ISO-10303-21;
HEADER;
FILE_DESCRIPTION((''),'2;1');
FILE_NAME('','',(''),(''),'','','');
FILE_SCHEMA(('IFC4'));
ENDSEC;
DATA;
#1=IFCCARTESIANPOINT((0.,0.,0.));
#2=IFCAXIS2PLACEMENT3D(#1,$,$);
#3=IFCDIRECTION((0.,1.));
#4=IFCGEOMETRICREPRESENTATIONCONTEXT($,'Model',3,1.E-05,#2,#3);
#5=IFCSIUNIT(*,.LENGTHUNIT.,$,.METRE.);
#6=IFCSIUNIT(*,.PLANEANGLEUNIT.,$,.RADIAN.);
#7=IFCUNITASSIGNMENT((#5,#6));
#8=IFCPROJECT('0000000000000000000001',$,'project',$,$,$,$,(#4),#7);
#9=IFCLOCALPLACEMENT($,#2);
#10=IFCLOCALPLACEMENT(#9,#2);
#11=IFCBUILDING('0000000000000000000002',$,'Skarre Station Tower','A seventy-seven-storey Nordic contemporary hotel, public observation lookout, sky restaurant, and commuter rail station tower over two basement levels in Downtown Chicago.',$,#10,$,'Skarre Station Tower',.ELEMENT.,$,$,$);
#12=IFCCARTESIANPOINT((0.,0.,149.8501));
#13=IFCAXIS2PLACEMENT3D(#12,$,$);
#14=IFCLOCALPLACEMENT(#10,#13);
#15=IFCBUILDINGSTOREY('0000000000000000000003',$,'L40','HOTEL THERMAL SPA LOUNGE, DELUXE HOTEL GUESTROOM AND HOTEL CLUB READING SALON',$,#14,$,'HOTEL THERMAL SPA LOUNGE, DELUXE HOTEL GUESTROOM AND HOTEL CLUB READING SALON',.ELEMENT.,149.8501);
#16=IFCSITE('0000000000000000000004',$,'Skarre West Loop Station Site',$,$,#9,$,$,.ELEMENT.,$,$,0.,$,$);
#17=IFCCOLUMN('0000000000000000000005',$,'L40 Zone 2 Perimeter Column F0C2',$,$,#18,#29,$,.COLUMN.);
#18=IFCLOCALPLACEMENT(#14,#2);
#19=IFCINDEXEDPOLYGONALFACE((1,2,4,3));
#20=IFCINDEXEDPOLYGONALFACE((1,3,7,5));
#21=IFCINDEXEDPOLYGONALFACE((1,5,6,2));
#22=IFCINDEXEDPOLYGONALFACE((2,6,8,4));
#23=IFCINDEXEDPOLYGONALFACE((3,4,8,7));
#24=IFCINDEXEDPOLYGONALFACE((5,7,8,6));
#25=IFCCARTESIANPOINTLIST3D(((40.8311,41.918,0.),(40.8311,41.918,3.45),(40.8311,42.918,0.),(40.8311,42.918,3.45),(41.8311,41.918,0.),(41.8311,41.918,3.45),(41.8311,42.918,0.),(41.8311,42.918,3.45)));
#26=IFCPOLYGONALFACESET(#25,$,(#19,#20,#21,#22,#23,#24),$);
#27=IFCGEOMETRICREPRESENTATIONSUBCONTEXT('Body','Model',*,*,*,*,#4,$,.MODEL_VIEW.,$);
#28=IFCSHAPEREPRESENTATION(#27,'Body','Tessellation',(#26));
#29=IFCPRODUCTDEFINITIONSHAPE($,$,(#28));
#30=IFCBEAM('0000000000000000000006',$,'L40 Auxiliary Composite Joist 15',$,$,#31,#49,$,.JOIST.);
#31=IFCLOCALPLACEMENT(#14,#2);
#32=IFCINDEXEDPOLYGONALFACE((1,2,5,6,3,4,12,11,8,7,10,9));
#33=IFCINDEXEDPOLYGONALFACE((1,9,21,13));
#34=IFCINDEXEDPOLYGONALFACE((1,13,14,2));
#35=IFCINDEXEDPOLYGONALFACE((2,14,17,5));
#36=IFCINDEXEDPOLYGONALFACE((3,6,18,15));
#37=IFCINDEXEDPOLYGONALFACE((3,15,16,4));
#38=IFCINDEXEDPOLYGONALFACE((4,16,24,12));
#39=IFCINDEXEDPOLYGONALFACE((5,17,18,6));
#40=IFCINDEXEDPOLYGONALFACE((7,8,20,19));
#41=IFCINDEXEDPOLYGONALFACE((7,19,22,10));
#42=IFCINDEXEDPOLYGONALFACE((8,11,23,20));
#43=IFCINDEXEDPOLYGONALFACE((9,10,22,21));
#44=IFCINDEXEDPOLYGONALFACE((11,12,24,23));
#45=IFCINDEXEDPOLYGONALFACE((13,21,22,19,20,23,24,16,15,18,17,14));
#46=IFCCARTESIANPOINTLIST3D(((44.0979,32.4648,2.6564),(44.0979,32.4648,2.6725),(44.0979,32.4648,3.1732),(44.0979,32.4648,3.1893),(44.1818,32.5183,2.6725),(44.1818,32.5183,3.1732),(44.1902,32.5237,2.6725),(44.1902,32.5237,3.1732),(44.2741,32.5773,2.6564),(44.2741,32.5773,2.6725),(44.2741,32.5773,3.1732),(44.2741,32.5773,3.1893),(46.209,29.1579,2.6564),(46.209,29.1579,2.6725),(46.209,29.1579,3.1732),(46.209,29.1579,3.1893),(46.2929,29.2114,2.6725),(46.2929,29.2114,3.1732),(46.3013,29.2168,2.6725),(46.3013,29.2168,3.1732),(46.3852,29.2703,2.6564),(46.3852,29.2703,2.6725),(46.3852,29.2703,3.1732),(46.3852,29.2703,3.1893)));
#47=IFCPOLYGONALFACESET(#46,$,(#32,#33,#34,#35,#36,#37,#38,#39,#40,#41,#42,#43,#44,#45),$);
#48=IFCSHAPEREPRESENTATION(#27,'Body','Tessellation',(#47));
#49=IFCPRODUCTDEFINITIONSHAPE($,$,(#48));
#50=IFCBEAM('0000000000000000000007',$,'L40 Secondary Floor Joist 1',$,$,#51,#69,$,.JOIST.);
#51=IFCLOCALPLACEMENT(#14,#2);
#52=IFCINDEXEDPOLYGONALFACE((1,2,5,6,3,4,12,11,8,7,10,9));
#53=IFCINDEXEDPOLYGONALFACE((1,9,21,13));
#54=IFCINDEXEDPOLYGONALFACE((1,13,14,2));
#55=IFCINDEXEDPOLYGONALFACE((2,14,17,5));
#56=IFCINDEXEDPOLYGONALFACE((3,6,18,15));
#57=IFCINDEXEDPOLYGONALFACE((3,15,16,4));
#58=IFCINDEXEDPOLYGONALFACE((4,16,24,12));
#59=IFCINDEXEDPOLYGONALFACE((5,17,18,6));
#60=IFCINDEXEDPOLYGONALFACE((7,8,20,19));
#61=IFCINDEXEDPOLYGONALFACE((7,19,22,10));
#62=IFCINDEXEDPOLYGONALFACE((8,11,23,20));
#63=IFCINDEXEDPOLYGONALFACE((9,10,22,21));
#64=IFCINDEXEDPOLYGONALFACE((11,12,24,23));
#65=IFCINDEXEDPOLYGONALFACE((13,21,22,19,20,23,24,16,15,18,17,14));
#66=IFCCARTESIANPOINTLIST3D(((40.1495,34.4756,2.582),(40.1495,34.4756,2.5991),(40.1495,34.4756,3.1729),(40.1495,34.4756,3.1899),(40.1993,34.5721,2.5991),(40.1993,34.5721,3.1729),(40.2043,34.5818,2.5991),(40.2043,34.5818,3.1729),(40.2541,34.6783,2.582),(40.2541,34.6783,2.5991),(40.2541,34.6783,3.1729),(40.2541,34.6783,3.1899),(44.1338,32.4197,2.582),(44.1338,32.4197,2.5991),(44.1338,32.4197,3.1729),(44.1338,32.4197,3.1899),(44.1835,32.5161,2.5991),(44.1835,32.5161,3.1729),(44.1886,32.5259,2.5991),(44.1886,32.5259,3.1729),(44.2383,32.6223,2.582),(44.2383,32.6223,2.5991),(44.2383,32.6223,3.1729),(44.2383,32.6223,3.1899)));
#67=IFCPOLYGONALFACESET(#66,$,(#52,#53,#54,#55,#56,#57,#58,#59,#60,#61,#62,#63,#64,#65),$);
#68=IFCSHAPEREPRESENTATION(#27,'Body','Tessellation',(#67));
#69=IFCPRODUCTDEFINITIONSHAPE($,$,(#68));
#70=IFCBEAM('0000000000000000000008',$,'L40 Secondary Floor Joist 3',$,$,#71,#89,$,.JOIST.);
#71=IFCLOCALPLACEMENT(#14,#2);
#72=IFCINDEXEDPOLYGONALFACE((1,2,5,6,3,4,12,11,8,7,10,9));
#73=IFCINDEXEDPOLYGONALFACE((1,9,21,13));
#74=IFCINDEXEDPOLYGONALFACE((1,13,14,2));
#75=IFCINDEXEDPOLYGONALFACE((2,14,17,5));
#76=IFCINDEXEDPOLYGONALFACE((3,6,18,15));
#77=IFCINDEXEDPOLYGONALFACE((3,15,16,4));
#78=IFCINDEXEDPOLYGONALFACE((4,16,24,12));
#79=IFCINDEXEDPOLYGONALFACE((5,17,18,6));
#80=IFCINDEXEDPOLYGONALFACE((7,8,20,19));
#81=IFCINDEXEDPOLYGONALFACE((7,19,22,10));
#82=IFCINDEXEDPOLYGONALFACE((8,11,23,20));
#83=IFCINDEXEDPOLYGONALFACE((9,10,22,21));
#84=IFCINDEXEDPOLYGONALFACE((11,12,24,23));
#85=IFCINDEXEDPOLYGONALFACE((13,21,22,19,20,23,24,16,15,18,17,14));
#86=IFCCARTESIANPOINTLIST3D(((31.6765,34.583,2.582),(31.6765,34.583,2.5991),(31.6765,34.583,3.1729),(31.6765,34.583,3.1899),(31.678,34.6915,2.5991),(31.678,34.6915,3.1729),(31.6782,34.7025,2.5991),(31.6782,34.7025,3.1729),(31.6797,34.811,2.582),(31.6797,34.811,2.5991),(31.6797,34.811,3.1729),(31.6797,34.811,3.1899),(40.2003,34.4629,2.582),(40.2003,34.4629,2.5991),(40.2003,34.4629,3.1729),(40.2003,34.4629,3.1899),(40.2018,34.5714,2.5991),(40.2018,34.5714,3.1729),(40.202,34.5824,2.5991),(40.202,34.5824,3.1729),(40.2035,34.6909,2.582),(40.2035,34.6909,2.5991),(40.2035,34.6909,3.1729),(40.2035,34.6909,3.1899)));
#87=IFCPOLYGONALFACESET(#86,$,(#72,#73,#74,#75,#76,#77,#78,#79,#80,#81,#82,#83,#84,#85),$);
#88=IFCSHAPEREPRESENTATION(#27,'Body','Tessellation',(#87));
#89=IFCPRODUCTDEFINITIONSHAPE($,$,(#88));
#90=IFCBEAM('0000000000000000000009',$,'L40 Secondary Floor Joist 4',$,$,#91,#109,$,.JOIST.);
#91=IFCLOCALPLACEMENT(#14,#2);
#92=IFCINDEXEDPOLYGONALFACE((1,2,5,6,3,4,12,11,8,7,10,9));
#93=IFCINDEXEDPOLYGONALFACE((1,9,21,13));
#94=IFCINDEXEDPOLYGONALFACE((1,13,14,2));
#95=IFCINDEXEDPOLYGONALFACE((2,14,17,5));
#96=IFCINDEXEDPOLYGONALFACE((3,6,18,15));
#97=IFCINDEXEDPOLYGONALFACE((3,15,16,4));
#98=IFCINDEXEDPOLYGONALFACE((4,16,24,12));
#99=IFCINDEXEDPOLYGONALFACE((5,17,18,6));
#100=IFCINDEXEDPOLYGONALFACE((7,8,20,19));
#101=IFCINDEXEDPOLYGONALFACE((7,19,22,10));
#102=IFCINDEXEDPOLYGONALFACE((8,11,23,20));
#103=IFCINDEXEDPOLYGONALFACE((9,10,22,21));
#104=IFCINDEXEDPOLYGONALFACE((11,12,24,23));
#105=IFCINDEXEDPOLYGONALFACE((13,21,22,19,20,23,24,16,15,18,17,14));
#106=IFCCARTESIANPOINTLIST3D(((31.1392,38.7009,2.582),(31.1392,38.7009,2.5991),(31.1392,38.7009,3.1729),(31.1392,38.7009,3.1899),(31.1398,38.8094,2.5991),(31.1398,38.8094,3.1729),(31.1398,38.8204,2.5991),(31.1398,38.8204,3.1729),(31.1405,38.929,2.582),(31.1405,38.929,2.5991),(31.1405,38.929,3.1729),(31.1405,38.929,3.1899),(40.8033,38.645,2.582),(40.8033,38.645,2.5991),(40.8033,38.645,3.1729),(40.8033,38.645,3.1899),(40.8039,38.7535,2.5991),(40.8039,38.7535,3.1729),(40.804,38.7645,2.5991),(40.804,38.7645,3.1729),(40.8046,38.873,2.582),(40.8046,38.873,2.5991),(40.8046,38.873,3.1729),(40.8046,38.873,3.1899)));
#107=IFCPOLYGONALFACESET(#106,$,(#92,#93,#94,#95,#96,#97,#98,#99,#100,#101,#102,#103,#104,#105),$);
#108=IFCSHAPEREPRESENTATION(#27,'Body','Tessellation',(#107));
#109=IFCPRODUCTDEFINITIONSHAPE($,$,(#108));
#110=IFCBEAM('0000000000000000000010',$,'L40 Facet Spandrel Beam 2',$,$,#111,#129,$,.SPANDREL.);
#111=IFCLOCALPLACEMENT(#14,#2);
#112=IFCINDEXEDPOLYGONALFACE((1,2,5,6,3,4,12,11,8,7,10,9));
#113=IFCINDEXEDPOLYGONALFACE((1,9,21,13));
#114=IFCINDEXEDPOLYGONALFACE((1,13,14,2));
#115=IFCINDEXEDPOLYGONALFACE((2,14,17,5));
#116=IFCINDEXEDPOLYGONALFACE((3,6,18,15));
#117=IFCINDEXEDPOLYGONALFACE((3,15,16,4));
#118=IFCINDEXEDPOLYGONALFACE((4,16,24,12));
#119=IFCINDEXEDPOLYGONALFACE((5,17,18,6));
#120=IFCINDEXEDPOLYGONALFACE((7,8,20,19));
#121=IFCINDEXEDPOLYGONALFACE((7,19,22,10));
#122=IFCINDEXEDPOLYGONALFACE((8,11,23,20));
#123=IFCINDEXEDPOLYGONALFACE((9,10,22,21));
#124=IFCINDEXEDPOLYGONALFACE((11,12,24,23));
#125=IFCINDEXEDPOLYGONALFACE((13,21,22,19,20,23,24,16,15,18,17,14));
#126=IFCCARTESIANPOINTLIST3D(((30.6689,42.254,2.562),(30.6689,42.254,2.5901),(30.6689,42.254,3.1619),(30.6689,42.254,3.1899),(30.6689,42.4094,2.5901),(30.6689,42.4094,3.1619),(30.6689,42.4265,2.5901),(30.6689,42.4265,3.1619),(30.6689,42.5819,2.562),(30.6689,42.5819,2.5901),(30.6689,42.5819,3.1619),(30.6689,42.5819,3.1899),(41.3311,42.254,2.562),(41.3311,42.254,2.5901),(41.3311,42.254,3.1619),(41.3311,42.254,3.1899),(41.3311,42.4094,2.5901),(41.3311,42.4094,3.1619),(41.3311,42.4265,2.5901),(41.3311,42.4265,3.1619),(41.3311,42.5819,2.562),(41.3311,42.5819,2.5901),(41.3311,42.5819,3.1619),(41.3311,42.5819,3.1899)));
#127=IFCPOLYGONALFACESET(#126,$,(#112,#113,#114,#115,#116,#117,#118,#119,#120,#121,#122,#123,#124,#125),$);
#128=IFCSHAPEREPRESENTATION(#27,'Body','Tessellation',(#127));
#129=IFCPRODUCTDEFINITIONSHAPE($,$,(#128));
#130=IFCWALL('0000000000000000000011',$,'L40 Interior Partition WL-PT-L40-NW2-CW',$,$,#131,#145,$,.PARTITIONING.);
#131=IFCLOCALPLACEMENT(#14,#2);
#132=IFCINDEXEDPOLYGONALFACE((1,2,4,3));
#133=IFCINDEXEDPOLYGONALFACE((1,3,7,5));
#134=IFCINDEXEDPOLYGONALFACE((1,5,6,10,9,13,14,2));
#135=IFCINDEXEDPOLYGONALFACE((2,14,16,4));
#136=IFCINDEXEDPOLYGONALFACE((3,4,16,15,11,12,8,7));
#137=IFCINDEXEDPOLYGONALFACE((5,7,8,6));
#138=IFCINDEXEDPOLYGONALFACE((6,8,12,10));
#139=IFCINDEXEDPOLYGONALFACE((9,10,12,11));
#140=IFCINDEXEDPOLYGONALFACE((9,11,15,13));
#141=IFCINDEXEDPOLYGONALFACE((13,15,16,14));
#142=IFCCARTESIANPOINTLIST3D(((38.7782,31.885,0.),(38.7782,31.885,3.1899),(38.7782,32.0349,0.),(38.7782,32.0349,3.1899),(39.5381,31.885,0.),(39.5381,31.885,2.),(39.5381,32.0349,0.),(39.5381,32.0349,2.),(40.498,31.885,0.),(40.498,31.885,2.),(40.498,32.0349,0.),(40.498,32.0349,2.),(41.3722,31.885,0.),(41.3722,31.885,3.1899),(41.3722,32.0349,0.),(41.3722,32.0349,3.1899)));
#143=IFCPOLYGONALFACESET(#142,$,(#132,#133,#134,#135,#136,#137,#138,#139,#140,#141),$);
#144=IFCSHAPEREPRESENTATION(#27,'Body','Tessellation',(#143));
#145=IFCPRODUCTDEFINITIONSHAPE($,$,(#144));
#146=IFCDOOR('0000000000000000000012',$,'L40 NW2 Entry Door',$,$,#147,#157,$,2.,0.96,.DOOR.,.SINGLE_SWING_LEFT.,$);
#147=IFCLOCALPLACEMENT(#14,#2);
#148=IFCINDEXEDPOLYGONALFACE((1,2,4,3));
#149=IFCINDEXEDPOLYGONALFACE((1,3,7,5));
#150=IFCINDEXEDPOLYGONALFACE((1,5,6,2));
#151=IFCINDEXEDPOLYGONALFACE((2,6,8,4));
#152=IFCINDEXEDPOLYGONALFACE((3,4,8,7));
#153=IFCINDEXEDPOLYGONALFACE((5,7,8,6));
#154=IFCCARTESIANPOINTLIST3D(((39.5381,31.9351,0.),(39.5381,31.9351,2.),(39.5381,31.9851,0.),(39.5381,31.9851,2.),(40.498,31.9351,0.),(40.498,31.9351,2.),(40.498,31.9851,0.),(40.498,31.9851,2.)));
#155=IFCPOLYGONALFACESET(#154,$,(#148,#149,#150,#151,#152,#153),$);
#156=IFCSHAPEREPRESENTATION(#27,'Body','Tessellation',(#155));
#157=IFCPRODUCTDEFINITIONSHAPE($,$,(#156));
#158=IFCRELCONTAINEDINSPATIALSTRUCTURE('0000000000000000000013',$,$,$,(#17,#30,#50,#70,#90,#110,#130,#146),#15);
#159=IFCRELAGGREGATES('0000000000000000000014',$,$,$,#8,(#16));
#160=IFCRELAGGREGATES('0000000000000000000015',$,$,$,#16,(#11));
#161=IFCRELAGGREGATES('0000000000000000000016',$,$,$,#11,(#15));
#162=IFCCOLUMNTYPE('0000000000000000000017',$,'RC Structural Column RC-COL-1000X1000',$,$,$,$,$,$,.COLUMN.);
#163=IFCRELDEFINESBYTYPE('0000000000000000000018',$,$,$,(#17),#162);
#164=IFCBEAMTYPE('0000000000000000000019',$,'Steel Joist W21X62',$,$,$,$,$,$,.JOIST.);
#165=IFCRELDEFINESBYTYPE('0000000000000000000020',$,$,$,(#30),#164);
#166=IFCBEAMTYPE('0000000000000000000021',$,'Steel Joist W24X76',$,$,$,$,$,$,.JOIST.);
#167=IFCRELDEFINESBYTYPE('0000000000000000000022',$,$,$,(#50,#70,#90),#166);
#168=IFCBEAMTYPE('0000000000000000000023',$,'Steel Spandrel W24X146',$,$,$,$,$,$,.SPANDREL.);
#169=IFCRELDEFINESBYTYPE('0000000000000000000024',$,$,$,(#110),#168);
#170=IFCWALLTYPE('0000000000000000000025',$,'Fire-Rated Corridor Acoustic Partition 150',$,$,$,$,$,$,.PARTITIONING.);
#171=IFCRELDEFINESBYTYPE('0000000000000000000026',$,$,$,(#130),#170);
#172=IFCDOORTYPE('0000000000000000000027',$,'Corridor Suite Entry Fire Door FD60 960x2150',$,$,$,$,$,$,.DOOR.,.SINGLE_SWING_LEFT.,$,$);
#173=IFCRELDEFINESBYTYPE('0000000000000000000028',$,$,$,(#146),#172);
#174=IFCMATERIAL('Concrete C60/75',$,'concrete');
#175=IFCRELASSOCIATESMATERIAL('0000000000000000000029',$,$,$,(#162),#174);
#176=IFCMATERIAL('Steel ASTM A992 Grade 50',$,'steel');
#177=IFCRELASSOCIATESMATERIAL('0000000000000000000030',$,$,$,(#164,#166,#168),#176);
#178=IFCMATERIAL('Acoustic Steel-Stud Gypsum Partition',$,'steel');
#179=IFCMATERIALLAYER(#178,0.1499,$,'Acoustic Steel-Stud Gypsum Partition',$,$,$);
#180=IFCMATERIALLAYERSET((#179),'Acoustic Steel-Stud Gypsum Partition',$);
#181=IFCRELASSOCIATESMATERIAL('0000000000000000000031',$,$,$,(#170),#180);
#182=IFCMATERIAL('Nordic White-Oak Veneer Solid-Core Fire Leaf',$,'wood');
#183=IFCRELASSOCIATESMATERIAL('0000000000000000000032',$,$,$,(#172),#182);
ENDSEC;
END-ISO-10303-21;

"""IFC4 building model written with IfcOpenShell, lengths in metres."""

from ifc_helpers import new_model, si_unit, direction, frame, frame_2d, origin, origin_2d, place, context, subcontext, project, spatial, rectangle, i_section, extrude, material, layer, layer_set, material_profile, profile_set, type_object, element, fill, save


model = new_model("IFC4")

# Units and contexts
model_context = context("Model", 3, precision=1e-05, world=origin(), true_north=direction((0.0, 1.0)))
body_context = subcontext(model_context, "Body", "Model", "MODEL_VIEW")
ifc_project = project(units=[si_unit("LENGTHUNIT", "METRE"), si_unit("PLANEANGLEUNIT", "RADIAN")], contexts=[model_context])

# Site, building, storey
site_placement = place(None, origin())
site = spatial("IfcSite", under=ifc_project, at=site_placement, Name="Skarre West Loop Station Site", CompositionType="ELEMENT", RefElevation=0.0)
building_placement = place(site_placement, origin())
building = spatial("IfcBuilding", under=site, at=building_placement, Name="Skarre Station Tower", Description="A seventy-seven-storey Nordic contemporary hotel, public observation lookout, sky restaurant, and commuter rail station tower over two basement levels in Downtown Chicago.", LongName="Skarre Station Tower", CompositionType="ELEMENT")
storey_placement = place(building_placement, frame((0.0, 0.0, 149.8501)))
storey = spatial("IfcBuildingStorey", under=building, at=storey_placement, Name="L40", Description="HOTEL THERMAL SPA LOUNGE, DELUXE HOTEL GUESTROOM AND HOTEL CLUB READING SALON", LongName="HOTEL THERMAL SPA LOUNGE, DELUXE HOTEL GUESTROOM AND HOTEL CLUB READING SALON", CompositionType="ELEMENT", Elevation=149.8501)

# Column
ifc_material_1 = material(Name="Concrete C60/75", Category="concrete")
ifc_material_profile_1 = material_profile(ifc_material_1, rectangle(XDim=1.0, YDim=1.0, at=origin_2d()), Name="Concrete C60/75")
ifc_profile_set_1 = profile_set([ifc_material_profile_1], Name="Concrete C60/75")
column_type = type_object("IfcColumnType", Name="RC Structural Column RC-COL-1000X1000", PredefinedType="COLUMN", material=ifc_profile_set_1)
column_placement = place(storey_placement, frame((41.3311, 42.418, 0.0), z_axis=(0.0, 0.0, 1.0), x_axis=(1.0, 0.0, 0.0)))
element("IfcColumn", 1, at=column_placement, inside=storey, type_object=column_type, Name="L40 Zone 2 Perimeter Column F0C2", PredefinedType="COLUMN", context=body_context, shape_type="SweptSolid", body=[
    extrude(rectangle(XDim=1.0, YDim=1.0, at=origin_2d()), origin(), (0.0, 0.0, 1.0), 3.45),
])

# Beams
ifc_material_2 = material(Name="Steel ASTM A992 Grade 50", Category="steel")
ifc_material_profile_2 = material_profile(ifc_material_2, i_section(OverallWidth=0.209, OverallDepth=0.533, WebThickness=0.01, FlangeThickness=0.0161, at=origin_2d()), Name="Steel ASTM A992 Grade 50")
ifc_profile_set_2 = profile_set([ifc_material_profile_2], Name="Steel ASTM A992 Grade 50")
beam_type_1 = type_object("IfcBeamType", Name="Steel Joist W21X62", PredefinedType="JOIST", material=ifc_profile_set_2)
beam_1_placement = place(storey_placement, frame((46.2971, 29.2141, 2.9229), z_axis=(-0.538091, 0.842887, 0.0), x_axis=(-0.842887, -0.538091, 0.0)))
element("IfcBeam", 2, at=beam_1_placement, inside=storey, type_object=beam_type_1, Name="L40 Auxiliary Composite Joist 15", PredefinedType="JOIST", context=body_context, shape_type="SweptSolid", body=[
    extrude(i_section(OverallWidth=0.209, OverallDepth=0.533, WebThickness=0.01, FlangeThickness=0.0161, at=origin_2d()), origin(), (0.0, 0.0, 1.0), 3.9233),
])
ifc_material_profile_3 = material_profile(ifc_material_2, i_section(OverallWidth=0.228, OverallDepth=0.6079, WebThickness=0.011, FlangeThickness=0.0171, at=origin_2d()), Name="Steel ASTM A992 Grade 50")
ifc_profile_set_3 = profile_set([ifc_material_profile_3], Name="Steel ASTM A992 Grade 50")
beam_type_2 = type_object("IfcBeamType", Name="Steel Joist W24X76", PredefinedType="JOIST", material=ifc_profile_set_3)
beam_2_placement = place(storey_placement, frame((44.186, 32.521, 2.886), z_axis=(-0.888659, 0.458569, 0.0), x_axis=(-0.458569, -0.888659, 0.0)))
element("IfcBeam", 3, at=beam_2_placement, inside=storey, type_object=beam_type_2, Name="L40 Secondary Floor Joist 1", PredefinedType="JOIST", context=body_context, shape_type="SweptSolid", body=[
    extrude(i_section(OverallWidth=0.228, OverallDepth=0.6079, WebThickness=0.011, FlangeThickness=0.0171, at=origin_2d()), origin(), (0.0, 0.0, 1.0), 4.4834),
])
beam_3_placement = place(storey_placement, frame((40.2019, 34.5769, 2.886), z_axis=(-0.999901, 0.01409, 0.0), x_axis=(-0.01409, -0.999901, 0.0)))
element("IfcBeam", 4, at=beam_3_placement, inside=storey, type_object=beam_type_2, Name="L40 Secondary Floor Joist 3", PredefinedType="JOIST", context=body_context, shape_type="SweptSolid", body=[
    extrude(i_section(OverallWidth=0.228, OverallDepth=0.6079, WebThickness=0.011, FlangeThickness=0.0171, at=origin_2d()), origin(), (0.0, 0.0, 1.0), 8.5247),
])
beam_4_placement = place(storey_placement, frame((40.804, 38.759, 2.886), z_axis=(-0.999983, 0.005785, 0.0), x_axis=(-0.005785, -0.999983, 0.0)))
element("IfcBeam", 5, at=beam_4_placement, inside=storey, type_object=beam_type_2, Name="L40 Secondary Floor Joist 4", PredefinedType="JOIST", context=body_context, shape_type="SweptSolid", body=[
    extrude(i_section(OverallWidth=0.228, OverallDepth=0.6079, WebThickness=0.011, FlangeThickness=0.0171, at=origin_2d()), origin(), (0.0, 0.0, 1.0), 9.6643),
])
ifc_material_profile_4 = material_profile(ifc_material_2, i_section(OverallWidth=0.3279, OverallDepth=0.6279, WebThickness=0.0171, FlangeThickness=0.0281, at=origin_2d()), Name="Steel ASTM A992 Grade 50")
ifc_profile_set_4 = profile_set([ifc_material_profile_4], Name="Steel ASTM A992 Grade 50")
beam_type_3 = type_object("IfcBeamType", Name="Steel Spandrel W24X146", PredefinedType="SPANDREL", material=ifc_profile_set_4)
beam_5_placement = place(storey_placement, frame((41.3311, 42.418, 2.876), z_axis=(-1.0, 0.0, 0.0), x_axis=(0.0, -1.0, 0.0)))
element("IfcBeam", 6, at=beam_5_placement, inside=storey, type_object=beam_type_3, Name="L40 Facet Spandrel Beam 2", PredefinedType="SPANDREL", context=body_context, shape_type="SweptSolid", body=[
    extrude(i_section(OverallWidth=0.3279, OverallDepth=0.6279, WebThickness=0.0171, FlangeThickness=0.0281, at=origin_2d()), origin(), (0.0, 0.0, 1.0), 10.6621),
])

# Wall, opening, door
ifc_material_3 = material(Name="Acoustic Steel-Stud Gypsum Partition", Category="steel")
ifc_layer_1 = layer(ifc_material_3, 0.1499, Name="Acoustic Steel-Stud Gypsum Partition")
ifc_layer_set_1 = layer_set([ifc_layer_1], Name="Acoustic Steel-Stud Gypsum Partition")
wall_type_1 = type_object("IfcWallType", Name="Fire-Rated Corridor Acoustic Partition 150", PredefinedType="PARTITIONING", material=ifc_layer_set_1)
wall_1_placement = place(storey_placement, frame((41.3721, 31.96, 0.0), z_axis=(0.0, 0.0, 1.0), x_axis=(-1.0, 0.0, 0.0)))
wall_1 = element("IfcWall", 7, at=wall_1_placement, inside=storey, type_object=wall_type_1, Name="L40 Interior Partition WL-PT-L40-NW2-CW", PredefinedType="PARTITIONING", context=body_context, shape_type="SweptSolid", body=[
    extrude(rectangle(XDim=2.594, YDim=0.1499, at=frame_2d((1.2969, 0.0))), origin(), (0.0, 0.0, 1.0), 3.1899),
])
opening_1_placement = place(wall_1_placement, frame((0.874, 0.0, 0.0)))
opening_1 = element("IfcOpeningElement", 8, at=opening_1_placement, cuts=wall_1, PredefinedType="OPENING", context=body_context, shape_type="SweptSolid", body=[
    extrude(rectangle(XDim=0.96, YDim=2.0, at=frame_2d((0.48, 1.0))), frame((0.0, 0.085, 0.0), z_axis=(0.0, -1.0, 0.0), x_axis=(1.0, 0.0, 0.0)), (0.0, 0.0, 1.0), 0.1699),
])
ifc_material_4 = material(Name="Nordic White-Oak Veneer Solid-Core Fire Leaf", Category="wood")
door_type = type_object("IfcDoorType", Name="Corridor Suite Entry Fire Door FD60 960x2150", OperationType="SINGLE_SWING_LEFT", PredefinedType="DOOR", material=ifc_material_4)
door_1_placement = place(opening_1_placement, origin())
door_1 = element("IfcDoor", 9, at=door_1_placement, inside=storey, type_object=door_type, Name="L40 NW2 Entry Door", OperationType="SINGLE_SWING_LEFT", OverallHeight=2.0, OverallWidth=0.96, PredefinedType="DOOR", context=body_context, shape_type="SweptSolid", body=[
    extrude(rectangle(XDim=0.96, YDim=2.0, at=frame_2d((0.48, 1.0))), frame((0.0, 0.0249, 0.0), z_axis=(0.0, -1.0, 0.0), x_axis=(1.0, 0.0, 0.0)), (0.0, 0.0, 1.0), 0.05),
])
fill(opening_1, door_1)

save(model, "model.ifc")
